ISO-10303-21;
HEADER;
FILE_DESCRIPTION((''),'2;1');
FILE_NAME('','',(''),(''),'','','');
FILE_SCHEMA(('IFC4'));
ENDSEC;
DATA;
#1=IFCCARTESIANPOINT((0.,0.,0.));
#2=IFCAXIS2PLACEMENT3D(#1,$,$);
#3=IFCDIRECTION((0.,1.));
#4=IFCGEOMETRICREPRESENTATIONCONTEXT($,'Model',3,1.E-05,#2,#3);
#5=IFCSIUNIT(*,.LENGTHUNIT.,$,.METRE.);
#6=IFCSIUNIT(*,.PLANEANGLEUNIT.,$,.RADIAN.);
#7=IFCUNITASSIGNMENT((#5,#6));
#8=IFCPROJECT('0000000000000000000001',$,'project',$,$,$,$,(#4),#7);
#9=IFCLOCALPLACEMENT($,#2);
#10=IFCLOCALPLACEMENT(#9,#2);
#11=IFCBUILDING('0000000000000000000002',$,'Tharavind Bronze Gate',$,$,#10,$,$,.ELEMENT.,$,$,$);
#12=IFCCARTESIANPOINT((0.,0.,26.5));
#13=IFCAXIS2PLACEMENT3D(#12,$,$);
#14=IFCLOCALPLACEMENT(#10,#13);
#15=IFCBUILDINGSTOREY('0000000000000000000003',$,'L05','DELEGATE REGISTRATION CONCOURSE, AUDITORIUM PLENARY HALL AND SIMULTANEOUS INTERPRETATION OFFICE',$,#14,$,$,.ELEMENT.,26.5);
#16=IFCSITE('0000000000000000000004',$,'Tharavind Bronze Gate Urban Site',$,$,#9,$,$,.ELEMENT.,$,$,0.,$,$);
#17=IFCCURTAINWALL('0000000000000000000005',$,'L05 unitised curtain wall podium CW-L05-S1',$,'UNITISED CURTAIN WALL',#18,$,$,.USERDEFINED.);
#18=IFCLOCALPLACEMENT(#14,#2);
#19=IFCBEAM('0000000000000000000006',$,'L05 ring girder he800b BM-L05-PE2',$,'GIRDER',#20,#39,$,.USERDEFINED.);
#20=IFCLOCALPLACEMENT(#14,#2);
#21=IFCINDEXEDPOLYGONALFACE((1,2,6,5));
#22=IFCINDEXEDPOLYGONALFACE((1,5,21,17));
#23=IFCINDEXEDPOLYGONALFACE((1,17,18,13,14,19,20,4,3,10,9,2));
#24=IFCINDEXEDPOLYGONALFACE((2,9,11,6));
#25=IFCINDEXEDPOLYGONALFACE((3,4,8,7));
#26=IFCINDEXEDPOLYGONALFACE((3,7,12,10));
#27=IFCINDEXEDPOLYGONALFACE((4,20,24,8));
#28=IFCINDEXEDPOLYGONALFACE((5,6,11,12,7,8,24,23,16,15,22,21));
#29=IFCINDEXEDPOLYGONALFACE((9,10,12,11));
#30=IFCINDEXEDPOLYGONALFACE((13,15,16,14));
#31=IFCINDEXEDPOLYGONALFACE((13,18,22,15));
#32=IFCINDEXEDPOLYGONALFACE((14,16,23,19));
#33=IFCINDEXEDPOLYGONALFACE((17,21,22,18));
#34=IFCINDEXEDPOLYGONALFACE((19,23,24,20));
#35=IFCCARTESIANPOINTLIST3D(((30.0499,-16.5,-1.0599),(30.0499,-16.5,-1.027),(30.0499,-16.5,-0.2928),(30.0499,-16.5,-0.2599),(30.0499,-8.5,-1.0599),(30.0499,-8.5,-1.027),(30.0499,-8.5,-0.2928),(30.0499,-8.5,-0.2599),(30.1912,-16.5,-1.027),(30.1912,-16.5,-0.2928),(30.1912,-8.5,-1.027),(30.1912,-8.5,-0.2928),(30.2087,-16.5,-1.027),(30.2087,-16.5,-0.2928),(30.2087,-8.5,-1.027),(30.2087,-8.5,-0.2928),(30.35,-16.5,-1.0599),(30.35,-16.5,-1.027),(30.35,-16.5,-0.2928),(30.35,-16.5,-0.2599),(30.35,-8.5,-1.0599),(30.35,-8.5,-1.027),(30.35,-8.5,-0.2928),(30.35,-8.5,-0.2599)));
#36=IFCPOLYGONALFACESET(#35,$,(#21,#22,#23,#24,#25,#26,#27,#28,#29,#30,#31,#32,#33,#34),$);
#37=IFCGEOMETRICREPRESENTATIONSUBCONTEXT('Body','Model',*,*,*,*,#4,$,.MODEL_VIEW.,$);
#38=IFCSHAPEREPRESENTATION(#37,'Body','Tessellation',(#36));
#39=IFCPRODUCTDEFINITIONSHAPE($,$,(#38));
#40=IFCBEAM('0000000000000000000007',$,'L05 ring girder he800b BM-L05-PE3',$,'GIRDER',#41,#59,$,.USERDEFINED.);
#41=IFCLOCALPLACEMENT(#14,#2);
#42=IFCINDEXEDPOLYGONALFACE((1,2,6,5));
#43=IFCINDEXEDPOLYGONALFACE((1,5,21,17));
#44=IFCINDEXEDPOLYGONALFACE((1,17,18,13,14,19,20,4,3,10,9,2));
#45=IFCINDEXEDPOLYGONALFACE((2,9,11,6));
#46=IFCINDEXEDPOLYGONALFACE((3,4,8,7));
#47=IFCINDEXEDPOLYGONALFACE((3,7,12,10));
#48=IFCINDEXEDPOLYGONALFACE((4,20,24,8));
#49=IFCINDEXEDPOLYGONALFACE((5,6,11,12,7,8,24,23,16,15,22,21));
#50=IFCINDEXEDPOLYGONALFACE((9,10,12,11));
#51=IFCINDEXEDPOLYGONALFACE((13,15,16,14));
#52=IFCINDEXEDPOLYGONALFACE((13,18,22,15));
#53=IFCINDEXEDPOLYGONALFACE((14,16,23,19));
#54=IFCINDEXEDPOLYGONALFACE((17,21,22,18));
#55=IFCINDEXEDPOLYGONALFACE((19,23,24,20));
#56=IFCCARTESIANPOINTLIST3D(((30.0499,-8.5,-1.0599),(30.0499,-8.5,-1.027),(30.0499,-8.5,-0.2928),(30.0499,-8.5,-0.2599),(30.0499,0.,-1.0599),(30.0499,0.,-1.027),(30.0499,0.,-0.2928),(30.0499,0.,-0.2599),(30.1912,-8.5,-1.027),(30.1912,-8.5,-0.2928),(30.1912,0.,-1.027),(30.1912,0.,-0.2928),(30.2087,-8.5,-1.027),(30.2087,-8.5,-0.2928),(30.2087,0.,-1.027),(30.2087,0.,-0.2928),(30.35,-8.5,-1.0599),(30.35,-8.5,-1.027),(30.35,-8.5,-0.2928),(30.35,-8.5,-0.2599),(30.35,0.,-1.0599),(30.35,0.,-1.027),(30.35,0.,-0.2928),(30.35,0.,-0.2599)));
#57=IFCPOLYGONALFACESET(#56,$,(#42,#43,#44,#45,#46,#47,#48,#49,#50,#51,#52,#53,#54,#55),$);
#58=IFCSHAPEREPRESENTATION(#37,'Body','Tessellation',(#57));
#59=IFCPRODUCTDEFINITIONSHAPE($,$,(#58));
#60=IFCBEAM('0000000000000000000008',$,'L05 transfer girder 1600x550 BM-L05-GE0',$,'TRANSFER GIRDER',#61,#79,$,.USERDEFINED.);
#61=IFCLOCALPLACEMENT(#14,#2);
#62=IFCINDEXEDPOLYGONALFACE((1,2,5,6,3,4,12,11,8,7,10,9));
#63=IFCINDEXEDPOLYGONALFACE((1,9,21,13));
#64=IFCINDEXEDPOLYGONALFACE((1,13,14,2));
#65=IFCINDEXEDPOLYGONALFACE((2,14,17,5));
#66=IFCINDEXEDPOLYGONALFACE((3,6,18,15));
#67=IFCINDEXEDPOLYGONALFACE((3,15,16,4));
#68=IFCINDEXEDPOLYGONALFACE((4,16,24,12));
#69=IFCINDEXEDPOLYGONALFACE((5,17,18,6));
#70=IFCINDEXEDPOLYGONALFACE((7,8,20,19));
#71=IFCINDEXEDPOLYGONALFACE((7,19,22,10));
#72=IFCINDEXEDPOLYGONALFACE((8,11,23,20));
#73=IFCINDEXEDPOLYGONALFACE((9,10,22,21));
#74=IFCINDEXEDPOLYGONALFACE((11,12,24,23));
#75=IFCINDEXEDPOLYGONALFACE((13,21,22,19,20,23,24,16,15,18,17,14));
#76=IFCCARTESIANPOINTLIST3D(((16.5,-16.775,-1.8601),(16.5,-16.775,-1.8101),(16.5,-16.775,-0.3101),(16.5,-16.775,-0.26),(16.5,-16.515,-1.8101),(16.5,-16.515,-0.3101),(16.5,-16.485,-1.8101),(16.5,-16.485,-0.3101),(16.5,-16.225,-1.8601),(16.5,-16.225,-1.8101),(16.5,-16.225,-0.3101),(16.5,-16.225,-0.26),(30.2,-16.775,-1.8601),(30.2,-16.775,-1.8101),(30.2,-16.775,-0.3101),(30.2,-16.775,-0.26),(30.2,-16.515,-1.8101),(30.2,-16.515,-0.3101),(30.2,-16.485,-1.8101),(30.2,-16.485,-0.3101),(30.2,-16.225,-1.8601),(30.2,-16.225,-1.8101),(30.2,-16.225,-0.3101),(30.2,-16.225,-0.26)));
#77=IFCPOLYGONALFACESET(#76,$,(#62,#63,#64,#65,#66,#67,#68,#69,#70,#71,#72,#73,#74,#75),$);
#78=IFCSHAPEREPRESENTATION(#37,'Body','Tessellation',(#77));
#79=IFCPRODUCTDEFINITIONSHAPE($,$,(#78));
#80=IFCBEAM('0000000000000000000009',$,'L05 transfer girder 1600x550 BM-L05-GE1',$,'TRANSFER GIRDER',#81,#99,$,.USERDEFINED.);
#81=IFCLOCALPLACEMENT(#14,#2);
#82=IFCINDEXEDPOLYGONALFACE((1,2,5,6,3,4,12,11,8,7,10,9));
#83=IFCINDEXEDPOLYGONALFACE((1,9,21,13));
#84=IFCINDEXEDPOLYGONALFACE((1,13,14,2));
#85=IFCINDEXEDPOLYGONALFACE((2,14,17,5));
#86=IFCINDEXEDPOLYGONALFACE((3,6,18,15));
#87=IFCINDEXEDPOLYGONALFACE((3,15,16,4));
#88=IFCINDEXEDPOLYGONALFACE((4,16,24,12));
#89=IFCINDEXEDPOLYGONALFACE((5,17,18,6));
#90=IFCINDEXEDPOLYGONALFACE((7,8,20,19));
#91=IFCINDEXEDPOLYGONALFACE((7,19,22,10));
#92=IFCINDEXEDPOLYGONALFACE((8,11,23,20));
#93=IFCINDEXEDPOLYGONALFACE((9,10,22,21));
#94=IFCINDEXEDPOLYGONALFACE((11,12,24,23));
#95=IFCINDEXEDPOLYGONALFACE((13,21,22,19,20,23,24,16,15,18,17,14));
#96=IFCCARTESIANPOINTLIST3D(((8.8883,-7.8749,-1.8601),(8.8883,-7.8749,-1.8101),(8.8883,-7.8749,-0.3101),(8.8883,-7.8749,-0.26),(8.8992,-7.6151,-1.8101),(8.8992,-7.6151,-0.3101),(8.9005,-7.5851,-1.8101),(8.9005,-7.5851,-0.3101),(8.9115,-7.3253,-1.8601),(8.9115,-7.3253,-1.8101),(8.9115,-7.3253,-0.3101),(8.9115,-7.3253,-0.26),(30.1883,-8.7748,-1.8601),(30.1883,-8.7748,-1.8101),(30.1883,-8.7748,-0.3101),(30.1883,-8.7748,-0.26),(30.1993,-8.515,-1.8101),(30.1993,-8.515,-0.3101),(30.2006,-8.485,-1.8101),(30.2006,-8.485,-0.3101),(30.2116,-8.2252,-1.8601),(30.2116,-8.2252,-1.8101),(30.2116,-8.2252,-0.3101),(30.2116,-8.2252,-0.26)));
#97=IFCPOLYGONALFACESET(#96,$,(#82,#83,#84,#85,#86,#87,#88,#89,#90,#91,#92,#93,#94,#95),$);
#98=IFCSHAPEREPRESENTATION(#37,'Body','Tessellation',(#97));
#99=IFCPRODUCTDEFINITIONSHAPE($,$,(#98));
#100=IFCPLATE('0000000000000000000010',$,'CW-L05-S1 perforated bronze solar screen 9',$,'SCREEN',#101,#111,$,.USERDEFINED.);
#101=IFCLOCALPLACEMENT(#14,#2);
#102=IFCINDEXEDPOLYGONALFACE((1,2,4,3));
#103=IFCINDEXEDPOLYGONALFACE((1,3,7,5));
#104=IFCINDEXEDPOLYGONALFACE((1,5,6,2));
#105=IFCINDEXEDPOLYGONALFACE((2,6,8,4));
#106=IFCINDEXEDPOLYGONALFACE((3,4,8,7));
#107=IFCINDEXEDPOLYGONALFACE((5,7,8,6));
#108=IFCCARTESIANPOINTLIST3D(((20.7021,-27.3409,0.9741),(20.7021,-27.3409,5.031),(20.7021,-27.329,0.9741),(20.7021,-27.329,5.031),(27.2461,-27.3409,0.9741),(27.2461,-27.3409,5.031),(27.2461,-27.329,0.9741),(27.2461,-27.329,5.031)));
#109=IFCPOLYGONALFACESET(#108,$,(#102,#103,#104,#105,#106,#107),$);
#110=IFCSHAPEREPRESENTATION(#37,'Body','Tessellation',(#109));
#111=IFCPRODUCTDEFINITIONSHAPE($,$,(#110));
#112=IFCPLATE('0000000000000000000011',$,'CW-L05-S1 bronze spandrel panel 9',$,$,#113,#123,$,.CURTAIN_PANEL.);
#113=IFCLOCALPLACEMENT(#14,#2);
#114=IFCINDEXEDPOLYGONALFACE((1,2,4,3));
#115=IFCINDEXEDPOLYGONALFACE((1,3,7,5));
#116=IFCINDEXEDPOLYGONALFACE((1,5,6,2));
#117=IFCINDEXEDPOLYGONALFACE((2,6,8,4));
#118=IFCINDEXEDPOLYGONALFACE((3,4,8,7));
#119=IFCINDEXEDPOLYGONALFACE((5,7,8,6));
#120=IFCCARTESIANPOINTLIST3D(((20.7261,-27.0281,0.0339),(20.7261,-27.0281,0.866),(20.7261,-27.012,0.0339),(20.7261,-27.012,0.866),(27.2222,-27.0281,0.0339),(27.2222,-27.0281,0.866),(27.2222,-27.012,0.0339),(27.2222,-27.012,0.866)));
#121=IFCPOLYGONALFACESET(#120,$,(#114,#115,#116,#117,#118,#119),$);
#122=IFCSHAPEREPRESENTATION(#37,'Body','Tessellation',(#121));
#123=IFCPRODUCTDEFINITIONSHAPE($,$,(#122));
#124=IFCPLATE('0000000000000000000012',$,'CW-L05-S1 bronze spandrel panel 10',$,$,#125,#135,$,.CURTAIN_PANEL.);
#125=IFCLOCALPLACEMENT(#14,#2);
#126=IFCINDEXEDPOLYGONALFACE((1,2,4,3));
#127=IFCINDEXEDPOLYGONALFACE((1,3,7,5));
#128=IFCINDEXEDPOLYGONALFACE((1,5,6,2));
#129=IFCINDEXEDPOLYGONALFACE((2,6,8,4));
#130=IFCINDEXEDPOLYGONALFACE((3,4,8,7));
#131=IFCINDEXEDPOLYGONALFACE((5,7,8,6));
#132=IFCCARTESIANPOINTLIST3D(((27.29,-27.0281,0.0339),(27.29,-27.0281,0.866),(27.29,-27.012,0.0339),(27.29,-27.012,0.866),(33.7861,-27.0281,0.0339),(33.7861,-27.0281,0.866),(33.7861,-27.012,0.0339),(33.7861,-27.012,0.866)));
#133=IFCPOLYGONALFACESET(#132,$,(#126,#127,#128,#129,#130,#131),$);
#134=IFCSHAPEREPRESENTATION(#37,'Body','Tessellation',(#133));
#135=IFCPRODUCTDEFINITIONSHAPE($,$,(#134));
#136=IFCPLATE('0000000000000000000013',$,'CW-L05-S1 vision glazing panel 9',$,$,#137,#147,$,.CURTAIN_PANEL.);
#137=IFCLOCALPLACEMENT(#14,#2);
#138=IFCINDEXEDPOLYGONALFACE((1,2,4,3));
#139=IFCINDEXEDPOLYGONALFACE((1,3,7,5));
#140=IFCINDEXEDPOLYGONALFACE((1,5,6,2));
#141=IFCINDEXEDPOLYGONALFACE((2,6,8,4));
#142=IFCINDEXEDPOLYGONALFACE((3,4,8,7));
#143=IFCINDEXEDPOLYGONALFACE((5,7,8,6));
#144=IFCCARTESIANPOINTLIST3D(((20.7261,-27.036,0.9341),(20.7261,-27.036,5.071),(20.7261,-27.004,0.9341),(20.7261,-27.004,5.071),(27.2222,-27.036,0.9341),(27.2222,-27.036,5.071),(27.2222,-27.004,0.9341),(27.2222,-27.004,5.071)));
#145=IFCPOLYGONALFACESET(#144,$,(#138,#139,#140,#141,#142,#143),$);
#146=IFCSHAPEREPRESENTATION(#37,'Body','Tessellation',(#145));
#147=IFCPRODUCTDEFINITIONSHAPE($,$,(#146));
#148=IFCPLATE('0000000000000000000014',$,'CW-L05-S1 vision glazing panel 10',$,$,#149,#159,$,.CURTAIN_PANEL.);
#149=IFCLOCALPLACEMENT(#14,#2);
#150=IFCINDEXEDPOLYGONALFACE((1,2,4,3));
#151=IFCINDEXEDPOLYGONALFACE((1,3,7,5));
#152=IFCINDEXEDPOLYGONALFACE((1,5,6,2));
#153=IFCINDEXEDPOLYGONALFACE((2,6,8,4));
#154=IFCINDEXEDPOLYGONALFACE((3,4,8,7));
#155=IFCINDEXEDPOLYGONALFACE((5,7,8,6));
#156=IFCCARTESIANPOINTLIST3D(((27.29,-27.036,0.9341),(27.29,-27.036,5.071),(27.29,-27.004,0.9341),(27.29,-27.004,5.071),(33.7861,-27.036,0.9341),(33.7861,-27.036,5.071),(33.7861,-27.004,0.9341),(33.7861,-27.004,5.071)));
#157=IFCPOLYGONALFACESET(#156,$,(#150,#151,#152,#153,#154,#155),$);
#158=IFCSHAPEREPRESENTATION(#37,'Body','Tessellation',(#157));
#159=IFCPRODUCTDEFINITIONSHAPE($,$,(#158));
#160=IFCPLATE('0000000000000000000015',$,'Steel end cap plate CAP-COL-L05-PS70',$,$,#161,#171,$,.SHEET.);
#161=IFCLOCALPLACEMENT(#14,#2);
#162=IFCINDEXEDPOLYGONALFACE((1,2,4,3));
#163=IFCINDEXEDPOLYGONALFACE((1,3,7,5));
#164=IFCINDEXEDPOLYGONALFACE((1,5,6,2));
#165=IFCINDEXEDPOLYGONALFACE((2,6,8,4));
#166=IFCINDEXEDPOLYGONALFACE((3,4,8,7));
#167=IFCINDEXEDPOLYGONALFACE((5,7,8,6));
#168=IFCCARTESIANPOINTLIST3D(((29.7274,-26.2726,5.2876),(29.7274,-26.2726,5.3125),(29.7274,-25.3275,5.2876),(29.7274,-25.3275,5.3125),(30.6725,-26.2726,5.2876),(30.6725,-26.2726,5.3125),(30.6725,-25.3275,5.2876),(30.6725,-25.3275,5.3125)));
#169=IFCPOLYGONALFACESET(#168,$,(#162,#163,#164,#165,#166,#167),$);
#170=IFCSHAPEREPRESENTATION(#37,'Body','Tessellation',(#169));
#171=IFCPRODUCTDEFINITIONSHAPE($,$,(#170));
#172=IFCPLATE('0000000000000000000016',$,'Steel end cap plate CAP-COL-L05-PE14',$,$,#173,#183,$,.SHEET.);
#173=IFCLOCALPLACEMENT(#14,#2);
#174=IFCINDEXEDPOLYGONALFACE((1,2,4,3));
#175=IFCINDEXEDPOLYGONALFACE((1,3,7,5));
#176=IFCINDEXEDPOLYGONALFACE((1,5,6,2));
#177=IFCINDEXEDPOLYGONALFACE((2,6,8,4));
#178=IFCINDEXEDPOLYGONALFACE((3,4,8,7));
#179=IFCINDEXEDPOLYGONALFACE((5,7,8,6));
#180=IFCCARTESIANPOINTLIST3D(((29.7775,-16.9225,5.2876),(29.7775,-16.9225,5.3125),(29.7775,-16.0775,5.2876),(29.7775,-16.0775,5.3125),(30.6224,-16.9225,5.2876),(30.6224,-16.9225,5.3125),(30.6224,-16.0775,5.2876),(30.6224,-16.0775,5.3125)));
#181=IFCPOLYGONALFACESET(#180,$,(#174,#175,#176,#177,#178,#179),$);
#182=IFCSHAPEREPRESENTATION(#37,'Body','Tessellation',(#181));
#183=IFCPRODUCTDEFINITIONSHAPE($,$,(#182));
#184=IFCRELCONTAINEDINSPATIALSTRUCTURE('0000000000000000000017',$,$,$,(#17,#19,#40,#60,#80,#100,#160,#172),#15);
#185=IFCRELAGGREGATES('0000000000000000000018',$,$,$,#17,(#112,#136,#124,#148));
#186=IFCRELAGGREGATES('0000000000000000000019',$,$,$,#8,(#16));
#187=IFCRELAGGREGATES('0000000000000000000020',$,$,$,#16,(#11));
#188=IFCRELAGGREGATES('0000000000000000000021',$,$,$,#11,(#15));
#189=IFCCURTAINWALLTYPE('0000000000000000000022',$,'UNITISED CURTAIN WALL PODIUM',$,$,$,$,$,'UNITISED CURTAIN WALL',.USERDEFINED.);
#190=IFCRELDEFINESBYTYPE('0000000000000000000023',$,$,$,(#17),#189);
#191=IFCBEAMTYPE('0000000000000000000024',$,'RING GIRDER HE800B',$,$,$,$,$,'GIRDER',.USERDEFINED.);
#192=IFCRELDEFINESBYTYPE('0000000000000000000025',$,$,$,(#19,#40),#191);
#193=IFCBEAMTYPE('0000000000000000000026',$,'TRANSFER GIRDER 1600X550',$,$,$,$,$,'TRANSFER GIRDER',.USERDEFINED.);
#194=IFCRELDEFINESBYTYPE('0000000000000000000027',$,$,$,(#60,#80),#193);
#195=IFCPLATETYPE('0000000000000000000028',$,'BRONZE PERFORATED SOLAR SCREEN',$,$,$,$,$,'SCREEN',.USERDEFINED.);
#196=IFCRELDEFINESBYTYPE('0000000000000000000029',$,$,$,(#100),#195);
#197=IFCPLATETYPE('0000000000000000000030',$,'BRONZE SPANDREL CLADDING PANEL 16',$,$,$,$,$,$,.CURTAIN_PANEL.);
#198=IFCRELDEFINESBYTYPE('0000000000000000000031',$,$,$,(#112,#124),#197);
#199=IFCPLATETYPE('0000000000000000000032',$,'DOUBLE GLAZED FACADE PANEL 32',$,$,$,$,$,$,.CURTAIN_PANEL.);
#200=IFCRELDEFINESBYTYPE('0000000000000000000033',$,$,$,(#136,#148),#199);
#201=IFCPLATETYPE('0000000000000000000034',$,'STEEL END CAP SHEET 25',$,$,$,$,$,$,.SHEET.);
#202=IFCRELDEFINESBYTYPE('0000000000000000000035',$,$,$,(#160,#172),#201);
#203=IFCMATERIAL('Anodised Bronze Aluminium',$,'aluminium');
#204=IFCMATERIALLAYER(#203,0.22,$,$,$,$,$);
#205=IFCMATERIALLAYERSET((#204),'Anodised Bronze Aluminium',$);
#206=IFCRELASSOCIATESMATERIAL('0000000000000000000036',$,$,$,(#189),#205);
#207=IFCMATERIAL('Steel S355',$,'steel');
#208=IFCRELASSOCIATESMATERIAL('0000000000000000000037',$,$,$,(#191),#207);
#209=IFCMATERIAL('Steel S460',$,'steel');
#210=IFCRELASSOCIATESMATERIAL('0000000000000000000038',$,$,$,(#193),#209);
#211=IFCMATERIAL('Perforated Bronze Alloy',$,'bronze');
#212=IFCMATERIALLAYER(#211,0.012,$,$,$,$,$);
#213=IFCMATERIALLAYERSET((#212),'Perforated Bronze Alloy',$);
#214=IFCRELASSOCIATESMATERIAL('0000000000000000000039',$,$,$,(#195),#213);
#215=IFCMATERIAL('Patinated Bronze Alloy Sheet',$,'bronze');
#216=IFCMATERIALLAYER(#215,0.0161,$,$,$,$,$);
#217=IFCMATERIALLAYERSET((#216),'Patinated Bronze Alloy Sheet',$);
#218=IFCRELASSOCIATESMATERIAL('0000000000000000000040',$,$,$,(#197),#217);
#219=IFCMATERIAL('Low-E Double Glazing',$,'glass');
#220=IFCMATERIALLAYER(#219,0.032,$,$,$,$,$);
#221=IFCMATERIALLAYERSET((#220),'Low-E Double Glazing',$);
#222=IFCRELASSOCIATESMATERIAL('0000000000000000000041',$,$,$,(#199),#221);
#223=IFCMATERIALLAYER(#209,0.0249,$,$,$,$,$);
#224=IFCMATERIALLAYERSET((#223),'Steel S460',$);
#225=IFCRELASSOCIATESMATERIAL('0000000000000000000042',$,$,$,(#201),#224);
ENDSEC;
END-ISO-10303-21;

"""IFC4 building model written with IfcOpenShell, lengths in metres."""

from ifc_helpers import new_model, si_unit, direction, frame, origin, origin_2d, place, context, subcontext, project, spatial, rectangle, i_section, extrude, material, layer, layer_set, material_profile, profile_set, type_object, element, aggregate, save


model = new_model("IFC4")

# Units and contexts
model_context = context("Model", 3, precision=1e-05, world=origin(), true_north=direction((0.0, 1.0)))
body_context = subcontext(model_context, "Body", "Model", "MODEL_VIEW")
ifc_project = project(units=[si_unit("LENGTHUNIT", "METRE"), si_unit("PLANEANGLEUNIT", "RADIAN")], contexts=[model_context])

# Site, building, storey
site_placement = place(None, origin())
site = spatial("IfcSite", under=ifc_project, at=site_placement, Name="Tharavind Bronze Gate Urban Site", CompositionType="ELEMENT", RefElevation=0.0)
building_placement = place(site_placement, origin())
building = spatial("IfcBuilding", under=site, at=building_placement, Name="Tharavind Bronze Gate", CompositionType="ELEMENT")
storey_placement = place(building_placement, frame((0.0, 0.0, 26.5)))
storey = spatial("IfcBuildingStorey", under=building, at=storey_placement, Name="L05", Description="DELEGATE REGISTRATION CONCOURSE, AUDITORIUM PLENARY HALL AND SIMULTANEOUS INTERPRETATION OFFICE", CompositionType="ELEMENT", Elevation=26.5)

# Shared definitions
ifc_material_1 = material(Name="Steel S460", Category="steel")

# Curtain wall
ifc_material_2 = material(Name="Anodised Bronze Aluminium", Category="aluminium")
ifc_layer_1 = layer(ifc_material_2, 0.22)
ifc_layer_set_1 = layer_set([ifc_layer_1], Name="Anodised Bronze Aluminium")
curtain_wall_type = type_object("IfcCurtainWallType", Name="UNITISED CURTAIN WALL PODIUM", ElementType="UNITISED CURTAIN WALL", PredefinedType="USERDEFINED", material=ifc_layer_set_1)
curtain_wall_placement = place(storey_placement, origin())
curtain_wall = element("IfcCurtainWall", 1, at=curtain_wall_placement, inside=storey, type_object=curtain_wall_type, Name="L05 unitised curtain wall podium CW-L05-S1", ObjectType="UNITISED CURTAIN WALL", PredefinedType="USERDEFINED")

# Beams
ifc_material_3 = material(Name="Steel S355", Category="steel")
ifc_material_profile_1 = material_profile(ifc_material_3, i_section(OverallWidth=0.3, OverallDepth=0.8, WebThickness=0.0176, FlangeThickness=0.033, at=origin_2d()), Name="HE800B")
ifc_profile_set_1 = profile_set([ifc_material_profile_1], Name="Steel S355")
beam_type_1 = type_object("IfcBeamType", Name="RING GIRDER HE800B", ElementType="GIRDER", PredefinedType="USERDEFINED", material=ifc_profile_set_1)
beam_1_placement = place(storey_placement, frame((30.2, -16.5, -0.6599), z_axis=(0.0, 1.0, 0.0), x_axis=(-1.0, 0.0, 0.0)))
element("IfcBeam", 2, at=beam_1_placement, inside=storey, type_object=beam_type_1, Name="L05 ring girder he800b BM-L05-PE2", ObjectType="GIRDER", PredefinedType="USERDEFINED", context=body_context, shape_type="SweptSolid", body=[
    extrude(i_section(OverallWidth=0.3, OverallDepth=0.8, WebThickness=0.0176, FlangeThickness=0.033, at=origin_2d()), origin(), (0.0, 0.0, 1.0), 8.0),
])
beam_2_placement = place(storey_placement, frame((30.2, -8.5, -0.6599), z_axis=(0.0, 1.0, 0.0), x_axis=(-1.0, 0.0, 0.0)))
element("IfcBeam", 3, at=beam_2_placement, inside=storey, type_object=beam_type_1, Name="L05 ring girder he800b BM-L05-PE3", ObjectType="GIRDER", PredefinedType="USERDEFINED", context=body_context, shape_type="SweptSolid", body=[
    extrude(i_section(OverallWidth=0.3, OverallDepth=0.8, WebThickness=0.0176, FlangeThickness=0.033, at=origin_2d()), origin(), (0.0, 0.0, 1.0), 8.5),
])
ifc_material_profile_2 = material_profile(ifc_material_1, i_section(OverallWidth=0.55, OverallDepth=1.6001, WebThickness=0.03, FlangeThickness=0.05, at=origin_2d()), Name="PG1600X550")
ifc_profile_set_2 = profile_set([ifc_material_profile_2], Name="Steel S460")
beam_type_2 = type_object("IfcBeamType", Name="TRANSFER GIRDER 1600X550", ElementType="TRANSFER GIRDER", PredefinedType="USERDEFINED", material=ifc_profile_set_2)
beam_3_placement = place(storey_placement, frame((30.2, -16.5, -1.0601), z_axis=(-1.0, 0.0, 0.0), x_axis=(0.0, -1.0, 0.0)))
element("IfcBeam", 4, at=beam_3_placement, inside=storey, type_object=beam_type_2, Name="L05 transfer girder 1600x550 BM-L05-GE0", ObjectType="TRANSFER GIRDER", PredefinedType="USERDEFINED", context=body_context, shape_type="SweptSolid", body=[
    extrude(i_section(OverallWidth=0.55, OverallDepth=1.6001, WebThickness=0.03, FlangeThickness=0.05, at=origin_2d()), origin(), (0.0, 0.0, 1.0), 13.7),
])
beam_4_placement = place(storey_placement, frame((30.2, -8.5, -1.0601), z_axis=(-0.999109, 0.042211, 0.0), x_axis=(-0.042211, -0.999109, 0.0)))
element("IfcBeam", 5, at=beam_4_placement, inside=storey, type_object=beam_type_2, Name="L05 transfer girder 1600x550 BM-L05-GE1", ObjectType="TRANSFER GIRDER", PredefinedType="USERDEFINED", context=body_context, shape_type="SweptSolid", body=[
    extrude(i_section(OverallWidth=0.55, OverallDepth=1.6001, WebThickness=0.03, FlangeThickness=0.05, at=origin_2d()), origin(), (0.0, 0.0, 1.0), 21.3191),
])

# Plates
ifc_material_4 = material(Name="Perforated Bronze Alloy", Category="bronze")
ifc_layer_2 = layer(ifc_material_4, 0.012)
ifc_layer_set_2 = layer_set([ifc_layer_2], Name="Perforated Bronze Alloy")
plate_type_1 = type_object("IfcPlateType", Name="BRONZE PERFORATED SOLAR SCREEN", ElementType="SCREEN", PredefinedType="USERDEFINED", material=ifc_layer_set_2)
plate_1_placement = place(storey_placement, frame((23.9741, -27.335, 0.9741), z_axis=(0.0, 0.0, 1.0), x_axis=(1.0, 0.0, 0.0)))
element("IfcPlate", 6, at=plate_1_placement, inside=storey, type_object=plate_type_1, Name="CW-L05-S1 perforated bronze solar screen 9", ObjectType="SCREEN", PredefinedType="USERDEFINED", context=body_context, shape_type="SweptSolid", body=[
    extrude(rectangle(XDim=6.5439, YDim=0.012, at=origin_2d()), origin(), (0.0, 0.0, 1.0), 4.0569),
])
ifc_material_5 = material(Name="Patinated Bronze Alloy Sheet", Category="bronze")
ifc_layer_3 = layer(ifc_material_5, 0.0161)
ifc_layer_set_3 = layer_set([ifc_layer_3], Name="Patinated Bronze Alloy Sheet")
plate_type_2 = type_object("IfcPlateType", Name="BRONZE SPANDREL CLADDING PANEL 16", PredefinedType="CURTAIN_PANEL", material=ifc_layer_set_3)
plate_2_placement = place(storey_placement, frame((23.9741, -27.02, 0.0339), z_axis=(0.0, 0.0, 1.0), x_axis=(1.0, 0.0, 0.0)))
plate_2 = element("IfcPlate", 7, at=plate_2_placement, type_object=plate_type_2, Name="CW-L05-S1 bronze spandrel panel 9", PredefinedType="CURTAIN_PANEL", context=body_context, shape_type="SweptSolid", body=[
    extrude(rectangle(XDim=6.4961, YDim=0.0161, at=origin_2d()), origin(), (0.0, 0.0, 1.0), 0.832),
])
plate_3_placement = place(storey_placement, frame((30.5381, -27.02, 0.0339), z_axis=(0.0, 0.0, 1.0), x_axis=(1.0, 0.0, 0.0)))
plate_3 = element("IfcPlate", 8, at=plate_3_placement, type_object=plate_type_2, Name="CW-L05-S1 bronze spandrel panel 10", PredefinedType="CURTAIN_PANEL", context=body_context, shape_type="SweptSolid", body=[
    extrude(rectangle(XDim=6.4961, YDim=0.0161, at=origin_2d()), origin(), (0.0, 0.0, 1.0), 0.832),
])
ifc_material_6 = material(Name="Low-E Double Glazing", Category="glass")
ifc_layer_4 = layer(ifc_material_6, 0.032)
ifc_layer_set_4 = layer_set([ifc_layer_4], Name="Low-E Double Glazing")
plate_type_3 = type_object("IfcPlateType", Name="DOUBLE GLAZED FACADE PANEL 32", PredefinedType="CURTAIN_PANEL", material=ifc_layer_set_4)
plate_4_placement = place(storey_placement, frame((23.9741, -27.02, 0.9341), z_axis=(0.0, 0.0, 1.0), x_axis=(1.0, 0.0, 0.0)))
plate_4 = element("IfcPlate", 9, at=plate_4_placement, type_object=plate_type_3, Name="CW-L05-S1 vision glazing panel 9", PredefinedType="CURTAIN_PANEL", context=body_context, shape_type="SweptSolid", body=[
    extrude(rectangle(XDim=6.4961, YDim=0.032, at=origin_2d()), origin(), (0.0, 0.0, 1.0), 4.137),
])
plate_5_placement = place(storey_placement, frame((30.5381, -27.02, 0.9341), z_axis=(0.0, 0.0, 1.0), x_axis=(1.0, 0.0, 0.0)))
plate_5 = element("IfcPlate", 10, at=plate_5_placement, type_object=plate_type_3, Name="CW-L05-S1 vision glazing panel 10", PredefinedType="CURTAIN_PANEL", context=body_context, shape_type="SweptSolid", body=[
    extrude(rectangle(XDim=6.4961, YDim=0.032, at=origin_2d()), origin(), (0.0, 0.0, 1.0), 4.137),
])
aggregate(curtain_wall, [plate_2, plate_4, plate_3, plate_5])

# Plates
ifc_layer_5 = layer(ifc_material_1, 0.0249)
ifc_layer_set_5 = layer_set([ifc_layer_5], Name="Steel S460")
plate_type_4 = type_object("IfcPlateType", Name="STEEL END CAP SHEET 25", PredefinedType="SHEET", material=ifc_layer_set_5)
plate_6_placement = place(storey_placement, frame((30.2, -25.8, 5.2876), z_axis=(0.0, 0.0, 1.0), x_axis=(1.0, 0.0, 0.0)))
element("IfcPlate", 11, at=plate_6_placement, inside=storey, type_object=plate_type_4, Name="Steel end cap plate CAP-COL-L05-PS70", PredefinedType="SHEET", context=body_context, shape_type="SweptSolid", body=[
    extrude(rectangle(XDim=0.9451, YDim=0.9451, at=origin_2d()), origin(), (0.0, 0.0, 1.0), 0.0249),
])
for number, where, z_axis, x_axis, name in (
    (12, (30.2, -16.5, 5.2876), (0.0, 0.0, 1.0), (1.0, 0.0, 0.0), "Steel end cap plate CAP-COL-L05-PE14"),
):
    element("IfcPlate", number, at=place(storey_placement, frame(where, z_axis=z_axis, x_axis=x_axis)), inside=storey, type_object=plate_type_4, Name=name, PredefinedType="SHEET", context=body_context, shape_type="SweptSolid", body=[
        extrude(rectangle(XDim=0.845, YDim=0.845, at=origin_2d()), origin(), (0.0, 0.0, 1.0), 0.0249),
    ])

save(model, "model.ifc")
